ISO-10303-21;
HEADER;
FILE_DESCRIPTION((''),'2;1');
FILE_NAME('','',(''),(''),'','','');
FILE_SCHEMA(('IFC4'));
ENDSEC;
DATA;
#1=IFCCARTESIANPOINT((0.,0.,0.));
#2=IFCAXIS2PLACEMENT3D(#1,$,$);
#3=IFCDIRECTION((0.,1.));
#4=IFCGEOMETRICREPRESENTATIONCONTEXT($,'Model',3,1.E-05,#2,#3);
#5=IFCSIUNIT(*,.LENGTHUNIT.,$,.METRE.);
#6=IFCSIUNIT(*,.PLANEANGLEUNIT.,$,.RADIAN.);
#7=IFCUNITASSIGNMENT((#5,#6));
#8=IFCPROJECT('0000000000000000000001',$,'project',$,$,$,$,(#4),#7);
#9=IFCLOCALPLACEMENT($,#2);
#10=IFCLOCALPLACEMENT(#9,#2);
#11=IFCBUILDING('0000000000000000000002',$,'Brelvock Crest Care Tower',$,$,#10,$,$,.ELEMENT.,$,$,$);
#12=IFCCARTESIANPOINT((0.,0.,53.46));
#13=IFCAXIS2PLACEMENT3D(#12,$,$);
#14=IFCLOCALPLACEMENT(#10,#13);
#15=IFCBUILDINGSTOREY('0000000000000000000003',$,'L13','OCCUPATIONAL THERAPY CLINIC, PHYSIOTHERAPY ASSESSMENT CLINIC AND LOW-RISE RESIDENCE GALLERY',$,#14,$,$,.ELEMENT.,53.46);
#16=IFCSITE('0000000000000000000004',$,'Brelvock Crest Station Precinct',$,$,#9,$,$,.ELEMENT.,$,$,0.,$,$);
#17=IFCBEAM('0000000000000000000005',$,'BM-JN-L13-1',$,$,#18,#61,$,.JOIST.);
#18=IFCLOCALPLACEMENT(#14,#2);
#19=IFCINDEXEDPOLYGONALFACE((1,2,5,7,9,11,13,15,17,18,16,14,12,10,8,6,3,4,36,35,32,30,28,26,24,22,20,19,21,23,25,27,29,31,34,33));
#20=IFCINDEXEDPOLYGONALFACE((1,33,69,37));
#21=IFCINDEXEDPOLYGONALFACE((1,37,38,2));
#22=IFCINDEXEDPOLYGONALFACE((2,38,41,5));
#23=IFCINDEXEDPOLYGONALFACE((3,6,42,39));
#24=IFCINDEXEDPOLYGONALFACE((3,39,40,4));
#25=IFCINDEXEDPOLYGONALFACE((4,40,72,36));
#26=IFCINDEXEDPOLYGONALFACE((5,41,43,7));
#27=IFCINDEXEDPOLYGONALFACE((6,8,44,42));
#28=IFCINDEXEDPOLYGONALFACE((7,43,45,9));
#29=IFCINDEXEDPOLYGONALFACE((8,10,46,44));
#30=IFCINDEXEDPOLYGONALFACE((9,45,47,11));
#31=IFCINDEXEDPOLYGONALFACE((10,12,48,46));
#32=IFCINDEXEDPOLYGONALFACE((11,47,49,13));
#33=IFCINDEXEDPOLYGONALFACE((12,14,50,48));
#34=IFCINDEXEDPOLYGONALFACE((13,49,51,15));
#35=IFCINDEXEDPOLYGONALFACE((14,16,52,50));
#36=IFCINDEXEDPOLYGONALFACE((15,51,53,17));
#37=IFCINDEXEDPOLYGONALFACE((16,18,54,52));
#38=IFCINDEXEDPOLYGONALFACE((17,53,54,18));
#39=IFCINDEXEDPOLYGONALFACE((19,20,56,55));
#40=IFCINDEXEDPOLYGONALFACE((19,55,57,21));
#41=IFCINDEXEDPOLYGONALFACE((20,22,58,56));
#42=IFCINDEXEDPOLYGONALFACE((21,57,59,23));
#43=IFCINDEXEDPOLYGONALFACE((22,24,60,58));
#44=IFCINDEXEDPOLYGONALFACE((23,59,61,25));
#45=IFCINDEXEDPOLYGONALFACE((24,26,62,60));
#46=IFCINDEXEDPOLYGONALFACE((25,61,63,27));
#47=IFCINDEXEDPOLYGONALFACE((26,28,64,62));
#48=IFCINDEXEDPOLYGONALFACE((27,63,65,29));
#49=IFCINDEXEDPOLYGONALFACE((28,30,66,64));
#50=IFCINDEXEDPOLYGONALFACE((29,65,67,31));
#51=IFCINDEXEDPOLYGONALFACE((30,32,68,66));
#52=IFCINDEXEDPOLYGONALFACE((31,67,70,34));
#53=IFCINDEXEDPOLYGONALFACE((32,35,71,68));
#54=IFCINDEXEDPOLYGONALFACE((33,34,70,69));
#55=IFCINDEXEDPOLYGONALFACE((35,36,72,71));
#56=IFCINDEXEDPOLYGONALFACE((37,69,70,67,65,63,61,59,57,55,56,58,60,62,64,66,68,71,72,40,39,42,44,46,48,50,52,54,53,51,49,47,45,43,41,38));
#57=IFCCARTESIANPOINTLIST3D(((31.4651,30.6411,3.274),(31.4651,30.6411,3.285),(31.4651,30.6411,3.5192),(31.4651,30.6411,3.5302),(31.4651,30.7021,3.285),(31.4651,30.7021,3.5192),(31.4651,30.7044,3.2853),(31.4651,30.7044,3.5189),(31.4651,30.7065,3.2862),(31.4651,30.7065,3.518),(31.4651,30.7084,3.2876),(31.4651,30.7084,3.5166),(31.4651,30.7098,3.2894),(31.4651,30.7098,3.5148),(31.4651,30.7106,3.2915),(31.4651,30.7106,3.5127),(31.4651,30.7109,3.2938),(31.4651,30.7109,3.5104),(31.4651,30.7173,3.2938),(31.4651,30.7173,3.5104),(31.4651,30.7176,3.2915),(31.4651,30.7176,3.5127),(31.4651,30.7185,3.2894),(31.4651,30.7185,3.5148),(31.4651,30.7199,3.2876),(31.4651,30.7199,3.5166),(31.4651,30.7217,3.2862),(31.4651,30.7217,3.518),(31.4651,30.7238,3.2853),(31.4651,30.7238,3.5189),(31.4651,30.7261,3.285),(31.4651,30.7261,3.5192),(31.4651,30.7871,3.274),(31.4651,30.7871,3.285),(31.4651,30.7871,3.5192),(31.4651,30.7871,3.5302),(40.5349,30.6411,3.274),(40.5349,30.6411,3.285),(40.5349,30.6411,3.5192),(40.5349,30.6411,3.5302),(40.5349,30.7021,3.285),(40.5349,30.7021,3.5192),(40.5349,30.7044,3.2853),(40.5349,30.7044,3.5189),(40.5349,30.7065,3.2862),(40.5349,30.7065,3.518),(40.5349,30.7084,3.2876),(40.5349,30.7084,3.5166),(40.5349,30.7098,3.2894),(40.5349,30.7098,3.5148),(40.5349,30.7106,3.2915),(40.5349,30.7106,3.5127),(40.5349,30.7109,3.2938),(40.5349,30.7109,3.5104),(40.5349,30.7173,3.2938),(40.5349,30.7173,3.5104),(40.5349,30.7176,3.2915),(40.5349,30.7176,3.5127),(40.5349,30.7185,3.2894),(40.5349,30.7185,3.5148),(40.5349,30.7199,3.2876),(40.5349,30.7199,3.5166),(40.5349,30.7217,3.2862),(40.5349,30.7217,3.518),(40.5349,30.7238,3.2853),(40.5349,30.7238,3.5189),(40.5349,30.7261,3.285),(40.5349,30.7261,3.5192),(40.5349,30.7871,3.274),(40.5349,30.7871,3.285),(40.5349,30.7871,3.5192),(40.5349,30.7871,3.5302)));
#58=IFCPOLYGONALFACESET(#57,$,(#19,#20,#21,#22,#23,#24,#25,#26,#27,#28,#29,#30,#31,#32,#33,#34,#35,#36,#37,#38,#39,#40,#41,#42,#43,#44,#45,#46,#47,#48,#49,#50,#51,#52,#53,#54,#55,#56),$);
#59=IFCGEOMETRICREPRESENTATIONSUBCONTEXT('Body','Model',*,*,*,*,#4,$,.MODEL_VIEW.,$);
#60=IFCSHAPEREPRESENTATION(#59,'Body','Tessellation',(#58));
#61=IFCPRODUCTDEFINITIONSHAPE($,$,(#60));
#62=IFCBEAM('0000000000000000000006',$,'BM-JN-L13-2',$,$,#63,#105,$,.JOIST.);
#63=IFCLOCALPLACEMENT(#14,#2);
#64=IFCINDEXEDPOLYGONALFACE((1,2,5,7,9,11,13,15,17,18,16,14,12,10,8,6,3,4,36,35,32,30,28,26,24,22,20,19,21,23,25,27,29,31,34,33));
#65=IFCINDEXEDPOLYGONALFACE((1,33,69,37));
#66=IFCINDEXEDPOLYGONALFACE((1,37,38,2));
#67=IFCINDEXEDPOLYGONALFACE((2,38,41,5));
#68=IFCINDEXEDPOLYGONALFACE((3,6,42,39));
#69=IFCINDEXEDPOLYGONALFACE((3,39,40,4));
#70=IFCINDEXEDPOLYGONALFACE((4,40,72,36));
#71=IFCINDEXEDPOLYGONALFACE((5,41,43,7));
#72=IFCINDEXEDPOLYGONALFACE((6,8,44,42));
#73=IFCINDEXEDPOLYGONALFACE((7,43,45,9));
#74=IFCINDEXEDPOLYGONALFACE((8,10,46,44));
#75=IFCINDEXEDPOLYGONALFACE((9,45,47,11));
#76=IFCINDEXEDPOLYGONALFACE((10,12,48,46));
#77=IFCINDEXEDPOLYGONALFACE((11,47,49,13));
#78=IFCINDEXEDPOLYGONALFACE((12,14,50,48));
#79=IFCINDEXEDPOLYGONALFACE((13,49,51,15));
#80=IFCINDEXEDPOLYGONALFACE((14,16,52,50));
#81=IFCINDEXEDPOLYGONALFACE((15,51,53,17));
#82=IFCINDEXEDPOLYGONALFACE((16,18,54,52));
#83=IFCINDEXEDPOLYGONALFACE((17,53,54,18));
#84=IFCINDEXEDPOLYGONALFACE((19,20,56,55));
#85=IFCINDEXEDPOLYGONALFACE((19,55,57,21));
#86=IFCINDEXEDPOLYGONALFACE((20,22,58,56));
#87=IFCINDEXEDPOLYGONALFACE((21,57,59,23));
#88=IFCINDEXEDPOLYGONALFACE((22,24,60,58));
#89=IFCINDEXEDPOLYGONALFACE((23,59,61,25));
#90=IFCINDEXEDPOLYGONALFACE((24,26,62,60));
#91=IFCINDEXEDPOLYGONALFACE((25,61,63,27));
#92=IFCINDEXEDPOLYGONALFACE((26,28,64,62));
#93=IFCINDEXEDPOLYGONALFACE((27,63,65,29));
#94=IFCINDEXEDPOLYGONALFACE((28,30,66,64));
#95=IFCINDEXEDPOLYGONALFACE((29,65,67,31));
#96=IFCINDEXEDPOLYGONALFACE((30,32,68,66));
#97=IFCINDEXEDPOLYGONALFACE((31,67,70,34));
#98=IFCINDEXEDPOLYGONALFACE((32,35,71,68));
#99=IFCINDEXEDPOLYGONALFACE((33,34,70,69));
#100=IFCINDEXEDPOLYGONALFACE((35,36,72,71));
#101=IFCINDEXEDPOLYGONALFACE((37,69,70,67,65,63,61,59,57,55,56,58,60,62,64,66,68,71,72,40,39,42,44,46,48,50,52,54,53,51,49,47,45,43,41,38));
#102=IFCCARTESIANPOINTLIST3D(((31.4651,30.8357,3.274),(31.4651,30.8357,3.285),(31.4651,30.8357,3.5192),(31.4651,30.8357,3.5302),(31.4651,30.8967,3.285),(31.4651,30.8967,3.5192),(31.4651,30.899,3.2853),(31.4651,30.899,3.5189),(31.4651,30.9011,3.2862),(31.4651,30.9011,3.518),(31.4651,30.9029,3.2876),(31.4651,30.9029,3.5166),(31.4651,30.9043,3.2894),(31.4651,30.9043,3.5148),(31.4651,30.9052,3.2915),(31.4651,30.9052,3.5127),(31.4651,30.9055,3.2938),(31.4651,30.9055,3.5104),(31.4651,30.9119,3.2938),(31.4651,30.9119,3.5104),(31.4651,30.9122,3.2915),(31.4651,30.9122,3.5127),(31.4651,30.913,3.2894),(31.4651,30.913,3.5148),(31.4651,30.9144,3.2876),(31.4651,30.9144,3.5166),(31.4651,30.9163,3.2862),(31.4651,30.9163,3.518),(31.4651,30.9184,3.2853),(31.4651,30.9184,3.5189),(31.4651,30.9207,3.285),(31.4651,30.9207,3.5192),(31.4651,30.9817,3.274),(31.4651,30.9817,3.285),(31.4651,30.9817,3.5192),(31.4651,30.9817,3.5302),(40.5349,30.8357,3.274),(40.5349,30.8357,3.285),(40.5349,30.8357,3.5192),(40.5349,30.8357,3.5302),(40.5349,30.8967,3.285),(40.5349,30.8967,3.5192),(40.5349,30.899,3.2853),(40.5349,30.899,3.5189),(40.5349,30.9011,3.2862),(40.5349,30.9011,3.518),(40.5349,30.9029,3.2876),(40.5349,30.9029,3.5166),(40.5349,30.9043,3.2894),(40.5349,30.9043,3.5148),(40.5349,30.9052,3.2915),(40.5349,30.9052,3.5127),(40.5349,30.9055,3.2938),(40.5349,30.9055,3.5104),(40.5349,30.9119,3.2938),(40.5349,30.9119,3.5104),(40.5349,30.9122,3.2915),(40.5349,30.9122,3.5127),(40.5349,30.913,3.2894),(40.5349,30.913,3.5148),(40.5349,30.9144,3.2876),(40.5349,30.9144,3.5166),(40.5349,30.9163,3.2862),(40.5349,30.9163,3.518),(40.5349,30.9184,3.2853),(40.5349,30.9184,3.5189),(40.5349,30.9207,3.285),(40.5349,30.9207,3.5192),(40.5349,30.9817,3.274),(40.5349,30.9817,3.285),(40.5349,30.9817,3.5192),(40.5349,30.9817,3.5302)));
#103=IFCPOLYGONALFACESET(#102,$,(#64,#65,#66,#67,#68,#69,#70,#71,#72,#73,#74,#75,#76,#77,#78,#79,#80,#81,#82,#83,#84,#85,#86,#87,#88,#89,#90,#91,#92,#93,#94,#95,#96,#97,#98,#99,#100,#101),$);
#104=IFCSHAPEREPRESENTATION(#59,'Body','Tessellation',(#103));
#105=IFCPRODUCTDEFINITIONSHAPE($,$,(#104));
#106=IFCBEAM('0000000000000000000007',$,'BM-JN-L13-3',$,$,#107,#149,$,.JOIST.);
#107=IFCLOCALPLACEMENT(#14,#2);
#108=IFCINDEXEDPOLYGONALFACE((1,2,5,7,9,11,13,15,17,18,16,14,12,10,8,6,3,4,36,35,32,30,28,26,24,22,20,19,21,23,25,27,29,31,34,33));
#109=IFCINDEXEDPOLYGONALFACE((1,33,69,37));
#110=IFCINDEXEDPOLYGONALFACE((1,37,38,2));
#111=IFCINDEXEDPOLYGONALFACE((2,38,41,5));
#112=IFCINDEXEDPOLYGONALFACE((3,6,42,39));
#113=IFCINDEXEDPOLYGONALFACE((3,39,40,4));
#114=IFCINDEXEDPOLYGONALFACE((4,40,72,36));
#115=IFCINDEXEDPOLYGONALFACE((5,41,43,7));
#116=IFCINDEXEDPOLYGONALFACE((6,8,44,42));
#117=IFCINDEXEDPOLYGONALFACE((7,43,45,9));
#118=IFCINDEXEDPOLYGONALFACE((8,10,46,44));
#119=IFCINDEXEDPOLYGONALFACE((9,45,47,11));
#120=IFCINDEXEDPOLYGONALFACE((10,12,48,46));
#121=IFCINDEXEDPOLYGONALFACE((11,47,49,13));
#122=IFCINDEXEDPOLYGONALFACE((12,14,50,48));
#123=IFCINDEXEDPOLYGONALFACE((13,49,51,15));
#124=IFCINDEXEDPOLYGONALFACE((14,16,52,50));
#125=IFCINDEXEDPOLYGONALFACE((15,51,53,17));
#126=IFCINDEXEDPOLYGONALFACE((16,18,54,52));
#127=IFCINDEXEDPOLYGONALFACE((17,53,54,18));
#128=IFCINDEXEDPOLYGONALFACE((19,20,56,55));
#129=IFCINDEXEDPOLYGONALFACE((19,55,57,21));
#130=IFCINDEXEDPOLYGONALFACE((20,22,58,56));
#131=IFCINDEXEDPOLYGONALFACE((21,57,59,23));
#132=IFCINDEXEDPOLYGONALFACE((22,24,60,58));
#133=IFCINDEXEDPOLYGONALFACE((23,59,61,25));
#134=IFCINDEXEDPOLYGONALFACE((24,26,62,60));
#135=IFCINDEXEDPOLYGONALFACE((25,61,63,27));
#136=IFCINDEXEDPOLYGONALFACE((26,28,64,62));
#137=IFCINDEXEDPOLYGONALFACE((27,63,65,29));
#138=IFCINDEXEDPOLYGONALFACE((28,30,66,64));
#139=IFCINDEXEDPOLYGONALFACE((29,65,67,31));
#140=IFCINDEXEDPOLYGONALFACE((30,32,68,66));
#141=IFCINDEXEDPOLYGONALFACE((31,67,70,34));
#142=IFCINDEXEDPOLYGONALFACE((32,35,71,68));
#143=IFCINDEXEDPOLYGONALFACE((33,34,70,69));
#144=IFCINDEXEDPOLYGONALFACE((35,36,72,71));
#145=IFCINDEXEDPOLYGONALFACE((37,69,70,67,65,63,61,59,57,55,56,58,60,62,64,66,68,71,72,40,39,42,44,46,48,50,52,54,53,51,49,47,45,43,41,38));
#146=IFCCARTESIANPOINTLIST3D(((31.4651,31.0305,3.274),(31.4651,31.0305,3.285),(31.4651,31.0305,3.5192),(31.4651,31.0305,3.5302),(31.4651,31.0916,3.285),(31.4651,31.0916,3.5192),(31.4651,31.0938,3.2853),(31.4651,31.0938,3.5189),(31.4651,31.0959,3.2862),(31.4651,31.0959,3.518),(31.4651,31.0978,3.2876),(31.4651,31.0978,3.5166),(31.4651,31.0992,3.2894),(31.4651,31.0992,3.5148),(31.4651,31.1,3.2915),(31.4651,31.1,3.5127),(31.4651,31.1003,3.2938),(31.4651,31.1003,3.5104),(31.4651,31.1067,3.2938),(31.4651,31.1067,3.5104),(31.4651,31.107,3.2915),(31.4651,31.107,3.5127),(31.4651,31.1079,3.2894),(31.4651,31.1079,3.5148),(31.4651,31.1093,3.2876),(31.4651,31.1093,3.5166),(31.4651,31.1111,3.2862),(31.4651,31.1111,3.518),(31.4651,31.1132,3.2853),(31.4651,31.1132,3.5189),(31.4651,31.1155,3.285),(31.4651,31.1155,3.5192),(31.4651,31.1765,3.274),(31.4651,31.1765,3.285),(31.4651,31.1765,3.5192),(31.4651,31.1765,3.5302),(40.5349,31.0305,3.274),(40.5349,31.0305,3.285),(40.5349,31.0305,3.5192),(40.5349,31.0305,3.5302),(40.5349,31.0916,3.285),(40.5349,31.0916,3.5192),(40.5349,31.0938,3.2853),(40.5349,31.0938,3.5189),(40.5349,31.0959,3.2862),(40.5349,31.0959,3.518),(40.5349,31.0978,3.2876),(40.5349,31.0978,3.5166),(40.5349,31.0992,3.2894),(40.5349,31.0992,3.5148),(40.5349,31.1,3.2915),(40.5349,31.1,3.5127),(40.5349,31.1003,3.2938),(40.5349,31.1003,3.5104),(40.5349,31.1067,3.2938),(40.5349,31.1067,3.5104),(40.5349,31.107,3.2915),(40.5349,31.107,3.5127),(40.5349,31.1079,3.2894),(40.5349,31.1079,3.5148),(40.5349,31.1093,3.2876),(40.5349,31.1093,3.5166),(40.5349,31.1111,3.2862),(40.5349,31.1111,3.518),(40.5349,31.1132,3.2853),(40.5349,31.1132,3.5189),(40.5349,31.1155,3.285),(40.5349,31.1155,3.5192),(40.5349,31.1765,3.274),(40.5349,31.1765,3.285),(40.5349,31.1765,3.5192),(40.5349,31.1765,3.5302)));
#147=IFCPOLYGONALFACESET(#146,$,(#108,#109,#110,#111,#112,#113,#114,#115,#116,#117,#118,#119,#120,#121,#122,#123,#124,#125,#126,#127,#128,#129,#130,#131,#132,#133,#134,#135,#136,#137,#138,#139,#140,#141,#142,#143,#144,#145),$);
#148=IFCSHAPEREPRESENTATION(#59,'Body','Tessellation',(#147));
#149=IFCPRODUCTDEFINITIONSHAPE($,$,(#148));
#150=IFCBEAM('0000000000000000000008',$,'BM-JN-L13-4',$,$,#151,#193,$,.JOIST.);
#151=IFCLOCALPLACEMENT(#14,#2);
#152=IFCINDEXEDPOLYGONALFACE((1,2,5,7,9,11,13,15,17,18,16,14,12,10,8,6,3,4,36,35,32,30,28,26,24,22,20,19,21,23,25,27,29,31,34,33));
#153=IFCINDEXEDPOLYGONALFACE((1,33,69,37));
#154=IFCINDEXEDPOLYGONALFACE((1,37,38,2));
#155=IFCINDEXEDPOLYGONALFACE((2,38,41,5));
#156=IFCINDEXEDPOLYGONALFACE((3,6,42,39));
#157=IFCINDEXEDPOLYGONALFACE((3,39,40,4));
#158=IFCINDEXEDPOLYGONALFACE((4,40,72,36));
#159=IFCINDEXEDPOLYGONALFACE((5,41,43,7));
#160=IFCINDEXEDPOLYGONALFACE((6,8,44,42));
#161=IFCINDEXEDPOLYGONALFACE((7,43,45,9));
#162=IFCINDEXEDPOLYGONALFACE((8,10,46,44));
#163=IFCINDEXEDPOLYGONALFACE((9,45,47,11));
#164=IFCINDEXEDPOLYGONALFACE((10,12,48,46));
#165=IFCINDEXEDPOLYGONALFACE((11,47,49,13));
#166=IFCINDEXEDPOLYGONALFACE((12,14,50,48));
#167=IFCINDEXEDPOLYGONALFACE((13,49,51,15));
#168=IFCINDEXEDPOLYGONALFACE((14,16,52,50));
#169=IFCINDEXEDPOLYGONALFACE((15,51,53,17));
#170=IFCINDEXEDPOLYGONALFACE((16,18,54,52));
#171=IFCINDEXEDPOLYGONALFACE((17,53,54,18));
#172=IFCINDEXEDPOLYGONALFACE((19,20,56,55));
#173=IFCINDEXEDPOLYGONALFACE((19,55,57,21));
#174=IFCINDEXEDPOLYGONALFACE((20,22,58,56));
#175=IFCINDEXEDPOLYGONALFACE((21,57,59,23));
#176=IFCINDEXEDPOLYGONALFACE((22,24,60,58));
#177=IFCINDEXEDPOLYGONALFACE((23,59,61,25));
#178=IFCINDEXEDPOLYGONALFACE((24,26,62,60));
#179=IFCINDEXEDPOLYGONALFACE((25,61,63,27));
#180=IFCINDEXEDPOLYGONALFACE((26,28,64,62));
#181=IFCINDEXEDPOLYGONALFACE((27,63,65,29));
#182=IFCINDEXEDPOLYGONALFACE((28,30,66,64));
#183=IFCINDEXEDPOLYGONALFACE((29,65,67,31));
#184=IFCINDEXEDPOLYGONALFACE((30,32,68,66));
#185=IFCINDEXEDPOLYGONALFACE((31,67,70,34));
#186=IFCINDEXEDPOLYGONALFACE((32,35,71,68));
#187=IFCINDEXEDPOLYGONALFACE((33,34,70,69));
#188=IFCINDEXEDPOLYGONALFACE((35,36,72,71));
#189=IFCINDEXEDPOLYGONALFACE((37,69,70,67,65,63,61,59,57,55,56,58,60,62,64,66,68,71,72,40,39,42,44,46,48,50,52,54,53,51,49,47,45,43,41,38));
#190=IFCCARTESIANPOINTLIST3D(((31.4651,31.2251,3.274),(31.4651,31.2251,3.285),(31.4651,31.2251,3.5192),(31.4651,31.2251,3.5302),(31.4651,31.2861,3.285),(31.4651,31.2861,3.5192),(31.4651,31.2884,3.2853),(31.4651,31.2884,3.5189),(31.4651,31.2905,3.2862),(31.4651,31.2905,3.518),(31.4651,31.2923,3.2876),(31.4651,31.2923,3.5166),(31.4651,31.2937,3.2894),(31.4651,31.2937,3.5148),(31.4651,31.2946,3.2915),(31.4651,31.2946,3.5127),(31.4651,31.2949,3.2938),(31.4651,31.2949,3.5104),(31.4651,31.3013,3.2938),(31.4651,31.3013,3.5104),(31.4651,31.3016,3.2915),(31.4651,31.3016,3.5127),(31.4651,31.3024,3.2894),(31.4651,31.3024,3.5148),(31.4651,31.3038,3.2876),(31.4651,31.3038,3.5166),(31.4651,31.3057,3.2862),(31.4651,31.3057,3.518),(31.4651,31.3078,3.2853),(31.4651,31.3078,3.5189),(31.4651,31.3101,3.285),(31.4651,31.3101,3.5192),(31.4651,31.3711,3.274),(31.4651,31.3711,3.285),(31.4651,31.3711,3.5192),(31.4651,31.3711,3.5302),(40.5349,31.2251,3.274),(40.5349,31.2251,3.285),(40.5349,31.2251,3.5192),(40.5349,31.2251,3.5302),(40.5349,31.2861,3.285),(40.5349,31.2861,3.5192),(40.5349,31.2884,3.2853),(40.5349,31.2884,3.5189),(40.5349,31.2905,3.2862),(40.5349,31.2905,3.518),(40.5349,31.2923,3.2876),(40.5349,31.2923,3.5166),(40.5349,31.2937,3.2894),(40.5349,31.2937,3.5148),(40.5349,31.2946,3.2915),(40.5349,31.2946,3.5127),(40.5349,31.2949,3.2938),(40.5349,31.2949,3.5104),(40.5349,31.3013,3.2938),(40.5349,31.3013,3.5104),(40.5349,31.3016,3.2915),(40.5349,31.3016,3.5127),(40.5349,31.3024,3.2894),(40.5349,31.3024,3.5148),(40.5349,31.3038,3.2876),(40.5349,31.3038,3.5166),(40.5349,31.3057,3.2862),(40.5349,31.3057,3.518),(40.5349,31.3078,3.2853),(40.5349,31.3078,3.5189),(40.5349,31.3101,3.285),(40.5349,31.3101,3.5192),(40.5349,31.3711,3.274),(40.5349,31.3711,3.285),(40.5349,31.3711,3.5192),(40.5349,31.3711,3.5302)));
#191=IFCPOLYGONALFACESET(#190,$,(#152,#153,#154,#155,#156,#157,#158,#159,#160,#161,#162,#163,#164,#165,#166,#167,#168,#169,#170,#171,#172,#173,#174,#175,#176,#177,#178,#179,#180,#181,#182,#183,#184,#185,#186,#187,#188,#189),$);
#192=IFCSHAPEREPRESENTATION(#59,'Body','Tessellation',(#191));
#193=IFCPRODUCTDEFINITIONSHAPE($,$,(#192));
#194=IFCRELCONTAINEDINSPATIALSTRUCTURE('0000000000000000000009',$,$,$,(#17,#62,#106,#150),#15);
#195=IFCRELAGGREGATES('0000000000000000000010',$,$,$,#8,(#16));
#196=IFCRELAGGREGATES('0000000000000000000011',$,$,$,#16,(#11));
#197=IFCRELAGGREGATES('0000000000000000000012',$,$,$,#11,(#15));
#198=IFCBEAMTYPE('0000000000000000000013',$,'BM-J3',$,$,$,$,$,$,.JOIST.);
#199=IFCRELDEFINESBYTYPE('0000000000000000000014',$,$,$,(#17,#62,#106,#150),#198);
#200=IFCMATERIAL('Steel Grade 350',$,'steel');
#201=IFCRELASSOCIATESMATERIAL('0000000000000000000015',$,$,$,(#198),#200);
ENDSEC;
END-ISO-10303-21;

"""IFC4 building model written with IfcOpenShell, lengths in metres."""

from ifc_helpers import new_model, si_unit, direction, frame, origin, origin_2d, place, context, subcontext, project, spatial, i_section, extrude, source, transform, mapped, material, material_profile, profile_set, type_object, element, save


model = new_model("IFC4")

# Units and contexts
model_context = context("Model", 3, precision=1e-05, world=origin(), true_north=direction((0.0, 1.0)))
body_context = subcontext(model_context, "Body", "Model", "MODEL_VIEW")
ifc_project = project(units=[si_unit("LENGTHUNIT", "METRE"), si_unit("PLANEANGLEUNIT", "RADIAN")], contexts=[model_context])

# Site, building, storey
site_placement = place(None, origin())
site = spatial("IfcSite", under=ifc_project, at=site_placement, Name="Brelvock Crest Station Precinct", CompositionType="ELEMENT", RefElevation=0.0)
building_placement = place(site_placement, origin())
building = spatial("IfcBuilding", under=site, at=building_placement, Name="Brelvock Crest Care Tower", CompositionType="ELEMENT")
storey_placement = place(building_placement, frame((0.0, 0.0, 53.46)))
storey = spatial("IfcBuildingStorey", under=building, at=storey_placement, Name="L13", Description="OCCUPATIONAL THERAPY CLINIC, PHYSIOTHERAPY ASSESSMENT CLINIC AND LOW-RISE RESIDENCE GALLERY", CompositionType="ELEMENT", Elevation=53.46)

# Beams
ifc_material_1 = material(Name="Steel Grade 350", Category="steel")
ifc_material_profile = material_profile(ifc_material_1, i_section(OverallWidth=0.146, OverallDepth=0.2561, WebThickness=0.0063, FlangeThickness=0.011, FilletRadius=0.0088, at=origin_2d()), Name="250UB37.3")
ifc_profile_set = profile_set([ifc_material_profile], Name="Steel Grade 350")
beam_type = type_object("IfcBeamType", Name="BM-J3", PredefinedType="JOIST", material=ifc_profile_set)
shared_shape_1 = source(origin(), body_context, "Body", "SweptSolid", [
    extrude(i_section(OverallWidth=0.146, OverallDepth=0.2561, WebThickness=0.0063, FlangeThickness=0.011, FilletRadius=0.0088, at=origin_2d()), origin(), (0.0, 0.0, 1.0), 9.0698),
])
for number, where, z_axis, x_axis, name in (
    (1, (31.4651, 30.7141, 3.4021), (1.0, 0.0, 0.0), (0.0, 1.0, 0.0), "BM-JN-L13-1"),
    (2, (31.4651, 30.9087, 3.4021), (1.0, 0.0, 0.0), (0.0, 1.0, 0.0), "BM-JN-L13-2"),
    (3, (31.4651, 31.1035, 3.4021), (1.0, 0.0, 0.0), (0.0, 1.0, 0.0), "BM-JN-L13-3"),
    (4, (31.4651, 31.2981, 3.4021), (1.0, 0.0, 0.0), (0.0, 1.0, 0.0), "BM-JN-L13-4"),
):
    element("IfcBeam", number, at=place(storey_placement, frame(where, z_axis=z_axis, x_axis=x_axis)), inside=storey, type_object=beam_type, Name=name, PredefinedType="JOIST", context=body_context, shape_type="MappedRepresentation", body=[
        mapped(shared_shape_1, transform((0.0, 0.0, 0.0), x_axis=(1.0, 0.0, 0.0), y_axis=(0.0, 1.0, 0.0), z_axis=(0.0, 0.0, 1.0), scale=1.0)),
    ])

save(model, "model.ifc")
